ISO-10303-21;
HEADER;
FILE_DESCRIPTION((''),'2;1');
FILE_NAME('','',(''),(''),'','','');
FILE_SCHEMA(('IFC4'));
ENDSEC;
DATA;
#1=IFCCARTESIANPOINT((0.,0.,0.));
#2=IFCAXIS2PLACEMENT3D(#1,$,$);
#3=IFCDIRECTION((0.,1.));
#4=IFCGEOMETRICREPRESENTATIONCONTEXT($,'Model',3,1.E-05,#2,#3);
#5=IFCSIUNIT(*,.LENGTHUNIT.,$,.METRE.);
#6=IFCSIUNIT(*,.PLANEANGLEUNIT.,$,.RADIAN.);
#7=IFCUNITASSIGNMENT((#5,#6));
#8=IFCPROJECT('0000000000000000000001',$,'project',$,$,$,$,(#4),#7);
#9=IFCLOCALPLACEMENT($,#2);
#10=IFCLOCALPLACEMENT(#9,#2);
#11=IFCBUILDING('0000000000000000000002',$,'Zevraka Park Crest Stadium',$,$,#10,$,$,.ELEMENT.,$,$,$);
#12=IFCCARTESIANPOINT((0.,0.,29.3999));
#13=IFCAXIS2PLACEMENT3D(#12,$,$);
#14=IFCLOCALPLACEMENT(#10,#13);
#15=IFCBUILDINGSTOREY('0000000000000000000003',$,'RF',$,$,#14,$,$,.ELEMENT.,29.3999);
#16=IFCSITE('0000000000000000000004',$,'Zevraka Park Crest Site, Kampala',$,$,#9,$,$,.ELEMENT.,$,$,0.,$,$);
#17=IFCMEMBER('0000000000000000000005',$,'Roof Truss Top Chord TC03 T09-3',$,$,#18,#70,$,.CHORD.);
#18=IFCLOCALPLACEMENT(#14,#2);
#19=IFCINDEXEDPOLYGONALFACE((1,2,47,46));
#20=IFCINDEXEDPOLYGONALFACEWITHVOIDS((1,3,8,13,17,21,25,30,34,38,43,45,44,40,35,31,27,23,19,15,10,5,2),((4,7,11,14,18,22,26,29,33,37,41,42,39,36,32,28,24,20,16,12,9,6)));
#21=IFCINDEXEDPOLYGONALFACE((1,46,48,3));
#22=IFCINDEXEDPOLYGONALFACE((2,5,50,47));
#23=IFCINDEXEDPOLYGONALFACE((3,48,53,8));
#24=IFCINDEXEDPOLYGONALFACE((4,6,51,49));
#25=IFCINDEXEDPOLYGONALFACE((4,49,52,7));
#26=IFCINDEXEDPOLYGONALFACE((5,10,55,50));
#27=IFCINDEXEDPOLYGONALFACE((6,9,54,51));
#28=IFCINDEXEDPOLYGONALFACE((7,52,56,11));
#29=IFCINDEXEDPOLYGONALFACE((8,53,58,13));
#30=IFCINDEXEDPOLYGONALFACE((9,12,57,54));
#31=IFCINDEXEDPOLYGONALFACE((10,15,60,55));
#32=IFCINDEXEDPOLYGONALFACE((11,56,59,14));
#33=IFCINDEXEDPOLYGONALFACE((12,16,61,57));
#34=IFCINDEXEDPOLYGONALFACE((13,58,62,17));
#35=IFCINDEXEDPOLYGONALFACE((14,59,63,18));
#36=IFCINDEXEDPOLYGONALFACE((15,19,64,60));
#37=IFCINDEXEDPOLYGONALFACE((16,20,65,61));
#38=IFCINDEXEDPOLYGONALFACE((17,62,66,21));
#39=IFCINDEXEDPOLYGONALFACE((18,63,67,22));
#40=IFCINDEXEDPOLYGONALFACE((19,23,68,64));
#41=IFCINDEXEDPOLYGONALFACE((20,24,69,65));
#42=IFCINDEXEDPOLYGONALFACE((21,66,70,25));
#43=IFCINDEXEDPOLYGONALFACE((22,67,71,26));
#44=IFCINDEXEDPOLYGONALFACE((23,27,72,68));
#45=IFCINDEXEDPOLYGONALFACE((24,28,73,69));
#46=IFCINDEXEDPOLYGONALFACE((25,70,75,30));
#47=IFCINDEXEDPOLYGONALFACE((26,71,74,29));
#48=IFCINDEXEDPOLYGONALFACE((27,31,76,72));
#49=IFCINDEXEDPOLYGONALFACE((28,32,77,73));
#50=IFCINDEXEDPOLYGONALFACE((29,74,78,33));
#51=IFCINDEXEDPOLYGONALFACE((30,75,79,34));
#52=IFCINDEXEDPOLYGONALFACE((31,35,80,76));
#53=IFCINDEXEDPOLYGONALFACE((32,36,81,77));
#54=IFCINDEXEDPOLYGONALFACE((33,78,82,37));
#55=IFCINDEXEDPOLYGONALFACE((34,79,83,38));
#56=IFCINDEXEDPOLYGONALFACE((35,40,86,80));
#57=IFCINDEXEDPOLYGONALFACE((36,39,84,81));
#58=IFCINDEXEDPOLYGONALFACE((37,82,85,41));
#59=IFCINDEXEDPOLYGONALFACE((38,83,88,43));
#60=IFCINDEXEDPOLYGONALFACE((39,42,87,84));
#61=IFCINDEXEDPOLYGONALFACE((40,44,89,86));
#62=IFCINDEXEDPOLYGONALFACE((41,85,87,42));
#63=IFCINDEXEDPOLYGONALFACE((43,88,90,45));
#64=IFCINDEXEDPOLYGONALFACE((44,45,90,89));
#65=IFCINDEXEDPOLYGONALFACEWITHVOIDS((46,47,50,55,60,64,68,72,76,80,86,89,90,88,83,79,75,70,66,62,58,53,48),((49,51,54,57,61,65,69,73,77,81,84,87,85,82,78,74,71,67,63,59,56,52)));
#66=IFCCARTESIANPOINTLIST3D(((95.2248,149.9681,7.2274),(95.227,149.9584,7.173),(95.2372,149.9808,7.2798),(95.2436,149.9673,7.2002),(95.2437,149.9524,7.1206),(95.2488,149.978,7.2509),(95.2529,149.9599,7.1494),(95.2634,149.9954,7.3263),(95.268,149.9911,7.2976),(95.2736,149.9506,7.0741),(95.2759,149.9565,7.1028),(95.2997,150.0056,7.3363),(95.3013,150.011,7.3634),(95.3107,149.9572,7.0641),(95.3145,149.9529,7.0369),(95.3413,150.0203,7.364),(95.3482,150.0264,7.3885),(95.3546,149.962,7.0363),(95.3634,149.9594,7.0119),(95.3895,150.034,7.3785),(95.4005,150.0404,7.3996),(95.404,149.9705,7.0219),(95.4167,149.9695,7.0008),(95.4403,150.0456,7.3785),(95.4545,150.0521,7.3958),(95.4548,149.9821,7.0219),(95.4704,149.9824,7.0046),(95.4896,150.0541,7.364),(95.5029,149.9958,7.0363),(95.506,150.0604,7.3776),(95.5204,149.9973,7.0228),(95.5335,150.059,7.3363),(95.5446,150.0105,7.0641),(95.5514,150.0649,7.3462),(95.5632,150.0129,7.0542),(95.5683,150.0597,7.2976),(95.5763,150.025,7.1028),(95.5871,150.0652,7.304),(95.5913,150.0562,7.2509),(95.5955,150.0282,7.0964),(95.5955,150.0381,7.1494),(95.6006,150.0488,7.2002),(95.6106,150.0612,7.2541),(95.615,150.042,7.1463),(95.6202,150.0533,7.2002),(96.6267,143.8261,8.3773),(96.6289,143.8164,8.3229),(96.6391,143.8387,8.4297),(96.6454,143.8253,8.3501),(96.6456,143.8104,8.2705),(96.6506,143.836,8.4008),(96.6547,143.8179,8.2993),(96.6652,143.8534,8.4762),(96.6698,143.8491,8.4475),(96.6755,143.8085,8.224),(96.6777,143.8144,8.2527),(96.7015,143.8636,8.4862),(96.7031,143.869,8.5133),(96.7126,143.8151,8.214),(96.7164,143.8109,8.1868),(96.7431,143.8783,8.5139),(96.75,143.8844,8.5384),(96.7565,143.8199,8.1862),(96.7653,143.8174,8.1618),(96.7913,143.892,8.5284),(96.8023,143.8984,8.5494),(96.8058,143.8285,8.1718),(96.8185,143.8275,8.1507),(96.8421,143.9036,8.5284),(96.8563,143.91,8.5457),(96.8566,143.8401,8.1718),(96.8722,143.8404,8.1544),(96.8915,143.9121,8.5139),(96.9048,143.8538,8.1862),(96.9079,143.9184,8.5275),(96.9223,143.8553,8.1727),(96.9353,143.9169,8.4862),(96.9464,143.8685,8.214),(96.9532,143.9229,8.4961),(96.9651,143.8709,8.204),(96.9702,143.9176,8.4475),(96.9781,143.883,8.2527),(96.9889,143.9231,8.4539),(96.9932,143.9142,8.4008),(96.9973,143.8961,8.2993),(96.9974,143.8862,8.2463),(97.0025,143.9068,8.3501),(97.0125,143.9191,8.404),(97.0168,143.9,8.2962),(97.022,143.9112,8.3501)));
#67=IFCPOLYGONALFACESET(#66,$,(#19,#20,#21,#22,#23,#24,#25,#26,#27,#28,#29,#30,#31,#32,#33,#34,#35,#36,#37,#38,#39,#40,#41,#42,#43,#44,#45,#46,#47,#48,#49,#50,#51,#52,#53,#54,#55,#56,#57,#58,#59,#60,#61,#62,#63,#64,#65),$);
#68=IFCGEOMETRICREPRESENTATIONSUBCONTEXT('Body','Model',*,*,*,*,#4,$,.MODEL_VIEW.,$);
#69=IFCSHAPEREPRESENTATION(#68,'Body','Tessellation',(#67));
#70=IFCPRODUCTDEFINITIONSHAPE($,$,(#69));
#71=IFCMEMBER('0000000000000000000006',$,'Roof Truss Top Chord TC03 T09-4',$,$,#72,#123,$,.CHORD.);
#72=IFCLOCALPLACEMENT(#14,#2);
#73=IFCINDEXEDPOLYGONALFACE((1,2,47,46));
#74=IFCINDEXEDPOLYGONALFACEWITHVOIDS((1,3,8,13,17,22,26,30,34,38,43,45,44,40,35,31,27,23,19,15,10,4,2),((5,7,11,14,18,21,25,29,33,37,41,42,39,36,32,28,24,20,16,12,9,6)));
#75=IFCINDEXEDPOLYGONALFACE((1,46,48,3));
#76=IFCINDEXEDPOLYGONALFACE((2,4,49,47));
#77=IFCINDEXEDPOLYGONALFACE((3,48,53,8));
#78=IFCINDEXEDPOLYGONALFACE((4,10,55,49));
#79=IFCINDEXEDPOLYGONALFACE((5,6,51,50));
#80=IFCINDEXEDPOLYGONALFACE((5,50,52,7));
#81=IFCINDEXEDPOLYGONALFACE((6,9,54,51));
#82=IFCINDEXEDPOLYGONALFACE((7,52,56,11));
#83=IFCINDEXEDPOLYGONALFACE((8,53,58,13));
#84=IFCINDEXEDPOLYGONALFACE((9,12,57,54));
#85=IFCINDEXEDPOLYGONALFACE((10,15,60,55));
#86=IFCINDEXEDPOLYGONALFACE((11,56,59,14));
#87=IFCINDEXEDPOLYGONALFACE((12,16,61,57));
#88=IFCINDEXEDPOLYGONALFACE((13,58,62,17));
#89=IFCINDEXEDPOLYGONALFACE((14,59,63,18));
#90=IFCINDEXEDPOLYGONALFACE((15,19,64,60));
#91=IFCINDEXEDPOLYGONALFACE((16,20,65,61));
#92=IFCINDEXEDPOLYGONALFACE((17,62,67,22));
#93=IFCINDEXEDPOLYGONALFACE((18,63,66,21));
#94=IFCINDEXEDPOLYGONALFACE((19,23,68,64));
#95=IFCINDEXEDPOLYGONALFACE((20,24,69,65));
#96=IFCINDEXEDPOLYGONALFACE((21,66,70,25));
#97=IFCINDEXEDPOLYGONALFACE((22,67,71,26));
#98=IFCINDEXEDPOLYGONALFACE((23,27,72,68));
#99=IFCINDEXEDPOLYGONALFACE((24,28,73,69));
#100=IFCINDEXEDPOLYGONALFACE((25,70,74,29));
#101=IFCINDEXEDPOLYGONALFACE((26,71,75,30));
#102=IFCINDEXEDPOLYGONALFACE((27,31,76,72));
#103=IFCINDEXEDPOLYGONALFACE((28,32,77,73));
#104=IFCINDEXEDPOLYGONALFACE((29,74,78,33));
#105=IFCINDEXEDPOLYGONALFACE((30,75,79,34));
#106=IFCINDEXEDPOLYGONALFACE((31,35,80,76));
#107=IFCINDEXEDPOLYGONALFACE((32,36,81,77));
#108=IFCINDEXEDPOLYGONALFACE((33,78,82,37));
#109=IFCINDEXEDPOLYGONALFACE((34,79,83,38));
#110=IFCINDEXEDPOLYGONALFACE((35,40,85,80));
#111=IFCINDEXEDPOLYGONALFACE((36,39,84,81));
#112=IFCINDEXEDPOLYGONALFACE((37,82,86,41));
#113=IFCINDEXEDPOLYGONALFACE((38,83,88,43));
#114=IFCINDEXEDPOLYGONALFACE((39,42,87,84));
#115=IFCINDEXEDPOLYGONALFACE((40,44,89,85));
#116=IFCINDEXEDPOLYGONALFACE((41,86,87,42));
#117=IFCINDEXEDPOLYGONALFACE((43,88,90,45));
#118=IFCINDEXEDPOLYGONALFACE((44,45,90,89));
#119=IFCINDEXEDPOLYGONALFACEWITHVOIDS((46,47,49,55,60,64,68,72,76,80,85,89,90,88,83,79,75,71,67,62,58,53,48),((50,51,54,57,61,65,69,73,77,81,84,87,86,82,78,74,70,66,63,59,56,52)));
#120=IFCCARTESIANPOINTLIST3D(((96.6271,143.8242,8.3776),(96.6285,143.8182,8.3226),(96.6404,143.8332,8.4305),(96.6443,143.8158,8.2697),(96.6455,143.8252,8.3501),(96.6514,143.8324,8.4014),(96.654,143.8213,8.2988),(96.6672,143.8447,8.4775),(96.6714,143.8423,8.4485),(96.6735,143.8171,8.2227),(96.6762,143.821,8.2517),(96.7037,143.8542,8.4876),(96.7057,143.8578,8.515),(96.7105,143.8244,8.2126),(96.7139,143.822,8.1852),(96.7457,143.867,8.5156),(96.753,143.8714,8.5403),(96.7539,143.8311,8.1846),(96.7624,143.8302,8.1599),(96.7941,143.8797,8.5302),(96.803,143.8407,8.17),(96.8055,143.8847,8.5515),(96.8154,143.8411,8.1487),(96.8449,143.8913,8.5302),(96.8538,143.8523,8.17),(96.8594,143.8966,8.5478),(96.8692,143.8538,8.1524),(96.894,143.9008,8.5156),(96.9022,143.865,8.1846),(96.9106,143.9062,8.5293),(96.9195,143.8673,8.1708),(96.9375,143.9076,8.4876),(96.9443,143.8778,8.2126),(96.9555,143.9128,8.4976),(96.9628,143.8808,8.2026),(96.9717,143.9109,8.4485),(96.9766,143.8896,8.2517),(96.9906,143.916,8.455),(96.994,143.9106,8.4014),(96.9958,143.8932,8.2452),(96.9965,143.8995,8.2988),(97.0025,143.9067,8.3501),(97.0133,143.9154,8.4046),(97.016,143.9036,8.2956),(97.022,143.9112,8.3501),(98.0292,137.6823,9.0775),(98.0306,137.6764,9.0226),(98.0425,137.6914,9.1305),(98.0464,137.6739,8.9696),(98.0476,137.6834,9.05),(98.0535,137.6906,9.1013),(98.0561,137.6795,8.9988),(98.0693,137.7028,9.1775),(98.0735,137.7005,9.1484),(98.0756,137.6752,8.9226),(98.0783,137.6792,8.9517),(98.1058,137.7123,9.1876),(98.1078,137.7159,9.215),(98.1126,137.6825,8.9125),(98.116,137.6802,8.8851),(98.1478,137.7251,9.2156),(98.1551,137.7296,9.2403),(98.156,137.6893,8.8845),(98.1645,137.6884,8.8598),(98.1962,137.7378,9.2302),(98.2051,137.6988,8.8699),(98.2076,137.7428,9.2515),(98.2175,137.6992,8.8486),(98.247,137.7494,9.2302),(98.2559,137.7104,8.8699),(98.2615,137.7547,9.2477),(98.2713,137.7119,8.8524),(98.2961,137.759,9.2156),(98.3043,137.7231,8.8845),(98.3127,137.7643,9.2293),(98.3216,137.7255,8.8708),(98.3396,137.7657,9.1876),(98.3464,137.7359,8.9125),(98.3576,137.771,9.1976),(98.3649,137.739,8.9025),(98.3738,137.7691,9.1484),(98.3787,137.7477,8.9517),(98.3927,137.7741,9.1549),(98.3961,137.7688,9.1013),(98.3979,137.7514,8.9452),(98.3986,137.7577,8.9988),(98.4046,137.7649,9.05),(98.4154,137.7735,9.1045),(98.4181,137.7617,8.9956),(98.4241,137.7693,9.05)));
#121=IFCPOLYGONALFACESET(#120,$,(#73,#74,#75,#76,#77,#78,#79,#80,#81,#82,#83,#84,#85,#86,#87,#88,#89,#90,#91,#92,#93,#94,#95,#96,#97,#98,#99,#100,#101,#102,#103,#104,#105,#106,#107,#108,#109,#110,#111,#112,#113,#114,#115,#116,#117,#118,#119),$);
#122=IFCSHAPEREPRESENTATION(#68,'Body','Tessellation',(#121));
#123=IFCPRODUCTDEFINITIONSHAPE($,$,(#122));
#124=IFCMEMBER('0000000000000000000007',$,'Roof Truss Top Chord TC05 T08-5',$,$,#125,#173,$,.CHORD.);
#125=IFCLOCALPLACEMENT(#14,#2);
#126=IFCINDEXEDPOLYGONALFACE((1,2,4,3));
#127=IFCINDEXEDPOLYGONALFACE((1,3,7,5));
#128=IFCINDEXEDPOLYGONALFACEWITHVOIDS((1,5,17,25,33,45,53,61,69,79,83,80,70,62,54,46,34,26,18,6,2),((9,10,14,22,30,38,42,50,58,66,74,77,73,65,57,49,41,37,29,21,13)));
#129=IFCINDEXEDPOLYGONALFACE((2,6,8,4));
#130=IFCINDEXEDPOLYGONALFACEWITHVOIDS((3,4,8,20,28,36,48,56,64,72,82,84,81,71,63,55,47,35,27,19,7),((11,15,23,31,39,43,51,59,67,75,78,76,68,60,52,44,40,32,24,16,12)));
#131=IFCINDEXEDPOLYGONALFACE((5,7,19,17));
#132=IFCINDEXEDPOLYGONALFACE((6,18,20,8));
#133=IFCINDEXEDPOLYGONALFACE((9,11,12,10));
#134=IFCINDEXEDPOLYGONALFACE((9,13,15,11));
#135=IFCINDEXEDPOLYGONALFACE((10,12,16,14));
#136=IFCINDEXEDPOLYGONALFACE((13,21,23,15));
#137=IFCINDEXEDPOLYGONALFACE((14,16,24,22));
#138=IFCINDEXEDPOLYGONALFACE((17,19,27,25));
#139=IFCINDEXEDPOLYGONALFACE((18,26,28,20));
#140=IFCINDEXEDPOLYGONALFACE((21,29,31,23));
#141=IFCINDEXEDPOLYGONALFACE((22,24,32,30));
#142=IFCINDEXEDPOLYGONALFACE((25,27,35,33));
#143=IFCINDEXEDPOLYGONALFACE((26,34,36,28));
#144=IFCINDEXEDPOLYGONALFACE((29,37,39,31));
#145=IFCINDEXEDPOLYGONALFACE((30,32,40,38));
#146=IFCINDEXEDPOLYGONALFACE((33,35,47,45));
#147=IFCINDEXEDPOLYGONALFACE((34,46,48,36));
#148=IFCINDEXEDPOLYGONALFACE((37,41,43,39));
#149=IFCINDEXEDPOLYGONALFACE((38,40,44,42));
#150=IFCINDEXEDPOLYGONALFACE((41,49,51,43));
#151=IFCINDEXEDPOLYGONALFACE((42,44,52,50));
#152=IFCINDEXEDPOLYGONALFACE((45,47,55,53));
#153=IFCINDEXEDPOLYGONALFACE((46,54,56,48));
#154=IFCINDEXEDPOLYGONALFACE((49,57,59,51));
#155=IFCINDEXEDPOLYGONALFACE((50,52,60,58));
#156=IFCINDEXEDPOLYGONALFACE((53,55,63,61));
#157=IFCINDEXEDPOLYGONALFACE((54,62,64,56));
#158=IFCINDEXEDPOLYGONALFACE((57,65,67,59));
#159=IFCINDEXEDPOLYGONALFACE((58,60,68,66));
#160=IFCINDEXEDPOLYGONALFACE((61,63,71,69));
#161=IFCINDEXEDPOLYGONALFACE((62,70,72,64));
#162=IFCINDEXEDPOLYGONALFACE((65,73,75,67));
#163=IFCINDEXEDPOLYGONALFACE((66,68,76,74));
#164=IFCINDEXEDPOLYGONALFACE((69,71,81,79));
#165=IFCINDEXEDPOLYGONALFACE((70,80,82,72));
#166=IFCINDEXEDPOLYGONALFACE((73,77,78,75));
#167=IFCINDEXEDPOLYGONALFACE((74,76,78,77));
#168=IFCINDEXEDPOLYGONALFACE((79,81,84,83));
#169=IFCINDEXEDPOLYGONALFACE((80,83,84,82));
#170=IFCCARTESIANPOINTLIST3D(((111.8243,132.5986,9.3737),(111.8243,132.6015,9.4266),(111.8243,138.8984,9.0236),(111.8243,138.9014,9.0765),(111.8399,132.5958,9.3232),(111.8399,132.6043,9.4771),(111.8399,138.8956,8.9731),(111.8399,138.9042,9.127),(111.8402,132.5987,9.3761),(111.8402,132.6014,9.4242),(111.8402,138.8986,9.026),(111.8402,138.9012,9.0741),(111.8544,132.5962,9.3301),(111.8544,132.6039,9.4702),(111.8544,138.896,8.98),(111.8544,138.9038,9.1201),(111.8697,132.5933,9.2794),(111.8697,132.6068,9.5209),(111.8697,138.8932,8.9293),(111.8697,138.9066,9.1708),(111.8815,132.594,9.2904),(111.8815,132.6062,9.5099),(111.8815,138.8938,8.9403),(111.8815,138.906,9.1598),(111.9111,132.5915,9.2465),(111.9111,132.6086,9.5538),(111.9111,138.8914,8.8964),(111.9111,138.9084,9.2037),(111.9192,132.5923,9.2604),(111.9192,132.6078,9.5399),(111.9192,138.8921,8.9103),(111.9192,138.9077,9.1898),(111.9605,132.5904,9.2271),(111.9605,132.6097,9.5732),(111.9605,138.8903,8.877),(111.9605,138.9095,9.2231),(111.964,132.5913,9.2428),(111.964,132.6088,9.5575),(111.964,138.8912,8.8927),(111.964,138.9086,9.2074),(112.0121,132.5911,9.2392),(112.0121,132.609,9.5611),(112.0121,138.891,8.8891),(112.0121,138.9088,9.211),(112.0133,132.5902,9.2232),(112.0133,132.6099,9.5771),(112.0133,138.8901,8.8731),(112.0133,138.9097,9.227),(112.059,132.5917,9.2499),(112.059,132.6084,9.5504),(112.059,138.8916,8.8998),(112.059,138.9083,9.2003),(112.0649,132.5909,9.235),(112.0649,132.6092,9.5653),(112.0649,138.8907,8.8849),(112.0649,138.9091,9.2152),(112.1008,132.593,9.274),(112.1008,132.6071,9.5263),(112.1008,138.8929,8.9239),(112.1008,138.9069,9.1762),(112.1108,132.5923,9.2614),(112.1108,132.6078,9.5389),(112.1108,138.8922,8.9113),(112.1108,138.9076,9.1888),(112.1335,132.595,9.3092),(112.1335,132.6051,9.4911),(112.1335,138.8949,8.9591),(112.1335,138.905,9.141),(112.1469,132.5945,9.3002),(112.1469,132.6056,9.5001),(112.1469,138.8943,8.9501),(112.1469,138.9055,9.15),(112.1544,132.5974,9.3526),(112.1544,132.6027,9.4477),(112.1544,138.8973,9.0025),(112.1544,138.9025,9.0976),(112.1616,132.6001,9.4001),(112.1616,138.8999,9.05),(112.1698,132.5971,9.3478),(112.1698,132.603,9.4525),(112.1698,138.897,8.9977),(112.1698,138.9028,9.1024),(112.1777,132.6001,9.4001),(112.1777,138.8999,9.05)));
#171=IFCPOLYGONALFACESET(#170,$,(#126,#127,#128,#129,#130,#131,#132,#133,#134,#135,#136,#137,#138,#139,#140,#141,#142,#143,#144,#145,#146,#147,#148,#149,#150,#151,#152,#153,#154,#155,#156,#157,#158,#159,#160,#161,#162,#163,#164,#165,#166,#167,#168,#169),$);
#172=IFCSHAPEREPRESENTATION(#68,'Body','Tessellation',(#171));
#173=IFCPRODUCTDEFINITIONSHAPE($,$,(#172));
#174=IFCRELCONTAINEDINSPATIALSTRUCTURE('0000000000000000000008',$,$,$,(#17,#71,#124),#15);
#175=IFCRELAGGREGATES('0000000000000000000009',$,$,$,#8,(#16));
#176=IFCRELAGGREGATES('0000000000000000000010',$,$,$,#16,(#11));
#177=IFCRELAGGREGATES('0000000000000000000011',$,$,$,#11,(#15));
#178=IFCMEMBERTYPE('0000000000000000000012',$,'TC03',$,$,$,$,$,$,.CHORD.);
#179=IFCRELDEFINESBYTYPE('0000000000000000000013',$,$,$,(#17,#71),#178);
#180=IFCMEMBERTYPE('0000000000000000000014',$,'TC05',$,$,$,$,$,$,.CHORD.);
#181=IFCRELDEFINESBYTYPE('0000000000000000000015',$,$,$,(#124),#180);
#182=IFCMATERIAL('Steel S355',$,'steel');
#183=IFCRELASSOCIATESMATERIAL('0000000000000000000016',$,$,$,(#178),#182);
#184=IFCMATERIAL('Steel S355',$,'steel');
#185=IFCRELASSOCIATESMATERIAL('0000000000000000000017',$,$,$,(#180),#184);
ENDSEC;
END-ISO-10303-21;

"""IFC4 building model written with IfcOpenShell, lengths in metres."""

from ifc_helpers import new_model, si_unit, direction, frame, origin, origin_2d, place, context, subcontext, project, spatial, hollow_circle, extrude, material, material_profile, profile_set, type_object, element, save


model = new_model("IFC4")

# Units and contexts
model_context = context("Model", 3, precision=1e-05, world=origin(), true_north=direction((0.0, 1.0)))
body_context = subcontext(model_context, "Body", "Model", "MODEL_VIEW")
ifc_project = project(units=[si_unit("LENGTHUNIT", "METRE"), si_unit("PLANEANGLEUNIT", "RADIAN")], contexts=[model_context])

# Site, building, storey
site_placement = place(None, origin())
site = spatial("IfcSite", under=ifc_project, at=site_placement, Name="Zevraka Park Crest Site, Kampala", CompositionType="ELEMENT", RefElevation=0.0)
building_placement = place(site_placement, origin())
building = spatial("IfcBuilding", under=site, at=building_placement, Name="Zevraka Park Crest Stadium", CompositionType="ELEMENT")
storey_placement = place(building_placement, frame((0.0, 0.0, 29.3999)))
storey = spatial("IfcBuildingStorey", under=building, at=storey_placement, Name="RF", CompositionType="ELEMENT", Elevation=29.3999)

# Members
ifc_material_1 = material(Name="Steel S355", Category="steel")
ifc_material_profile_1 = material_profile(ifc_material_1, hollow_circle(Radius=0.2031, WallThickness=0.02, at=origin_2d()), Name="CHS 406.4x20")
ifc_profile_set_1 = profile_set([ifc_material_profile_1], Name="Steel S355")
member_type_1 = type_object("IfcMemberType", Name="TC03", PredefinedType="CHORD", material=ifc_profile_set_1)
member_1_placement = place(storey_placement, frame((95.4221, 150.0081, 7.2002), z_axis=(0.218899, -0.959084, 0.179557), x_axis=(0.974929, 0.222515, 0.0)))
element("IfcMember", 1, at=member_1_placement, inside=storey, type_object=member_type_1, Name="Roof Truss Top Chord TC03 T09-3", PredefinedType="CHORD", context=body_context, shape_type="SweptSolid", body=[
    extrude(hollow_circle(Radius=0.2031, WallThickness=0.02, at=origin_2d()), origin(), (0.0, 0.0, 1.0), 6.4041),
])
member_2_placement = place(storey_placement, frame((96.824, 143.866, 8.3501), z_axis=(0.2212, -0.968957, 0.110426), x_axis=(0.974919, 0.222561, 0.0)))
element("IfcMember", 2, at=member_2_placement, inside=storey, type_object=member_type_1, Name="Roof Truss Top Chord TC03 T09-4", PredefinedType="CHORD", context=body_context, shape_type="SweptSolid", body=[
    extrude(hollow_circle(Radius=0.2031, WallThickness=0.02, at=origin_2d()), origin(), (0.0, 0.0, 1.0), 6.3386),
])
ifc_material_2 = material(Name="Steel S355", Category="steel")
ifc_material_profile_2 = material_profile(ifc_material_2, hollow_circle(Radius=0.1777, WallThickness=0.0161, at=origin_2d()), Name="CHS 355.6x16")
ifc_profile_set_2 = profile_set([ifc_material_profile_2], Name="Steel S355")
member_type_2 = type_object("IfcMemberType", Name="TC05", PredefinedType="CHORD", material=ifc_profile_set_2)
member_3_placement = place(storey_placement, frame((112.0, 138.8999, 9.05), z_axis=(0.0, -0.998459, 0.055487), x_axis=(1.0, 0.0, 0.0)))
element("IfcMember", 3, at=member_3_placement, inside=storey, type_object=member_type_2, Name="Roof Truss Top Chord TC05 T08-5", PredefinedType="CHORD", context=body_context, shape_type="SweptSolid", body=[
    extrude(hollow_circle(Radius=0.1777, WallThickness=0.0161, at=origin_2d()), origin(), (0.0, 0.0, 1.0), 6.3096),
])

save(model, "model.ifc")
